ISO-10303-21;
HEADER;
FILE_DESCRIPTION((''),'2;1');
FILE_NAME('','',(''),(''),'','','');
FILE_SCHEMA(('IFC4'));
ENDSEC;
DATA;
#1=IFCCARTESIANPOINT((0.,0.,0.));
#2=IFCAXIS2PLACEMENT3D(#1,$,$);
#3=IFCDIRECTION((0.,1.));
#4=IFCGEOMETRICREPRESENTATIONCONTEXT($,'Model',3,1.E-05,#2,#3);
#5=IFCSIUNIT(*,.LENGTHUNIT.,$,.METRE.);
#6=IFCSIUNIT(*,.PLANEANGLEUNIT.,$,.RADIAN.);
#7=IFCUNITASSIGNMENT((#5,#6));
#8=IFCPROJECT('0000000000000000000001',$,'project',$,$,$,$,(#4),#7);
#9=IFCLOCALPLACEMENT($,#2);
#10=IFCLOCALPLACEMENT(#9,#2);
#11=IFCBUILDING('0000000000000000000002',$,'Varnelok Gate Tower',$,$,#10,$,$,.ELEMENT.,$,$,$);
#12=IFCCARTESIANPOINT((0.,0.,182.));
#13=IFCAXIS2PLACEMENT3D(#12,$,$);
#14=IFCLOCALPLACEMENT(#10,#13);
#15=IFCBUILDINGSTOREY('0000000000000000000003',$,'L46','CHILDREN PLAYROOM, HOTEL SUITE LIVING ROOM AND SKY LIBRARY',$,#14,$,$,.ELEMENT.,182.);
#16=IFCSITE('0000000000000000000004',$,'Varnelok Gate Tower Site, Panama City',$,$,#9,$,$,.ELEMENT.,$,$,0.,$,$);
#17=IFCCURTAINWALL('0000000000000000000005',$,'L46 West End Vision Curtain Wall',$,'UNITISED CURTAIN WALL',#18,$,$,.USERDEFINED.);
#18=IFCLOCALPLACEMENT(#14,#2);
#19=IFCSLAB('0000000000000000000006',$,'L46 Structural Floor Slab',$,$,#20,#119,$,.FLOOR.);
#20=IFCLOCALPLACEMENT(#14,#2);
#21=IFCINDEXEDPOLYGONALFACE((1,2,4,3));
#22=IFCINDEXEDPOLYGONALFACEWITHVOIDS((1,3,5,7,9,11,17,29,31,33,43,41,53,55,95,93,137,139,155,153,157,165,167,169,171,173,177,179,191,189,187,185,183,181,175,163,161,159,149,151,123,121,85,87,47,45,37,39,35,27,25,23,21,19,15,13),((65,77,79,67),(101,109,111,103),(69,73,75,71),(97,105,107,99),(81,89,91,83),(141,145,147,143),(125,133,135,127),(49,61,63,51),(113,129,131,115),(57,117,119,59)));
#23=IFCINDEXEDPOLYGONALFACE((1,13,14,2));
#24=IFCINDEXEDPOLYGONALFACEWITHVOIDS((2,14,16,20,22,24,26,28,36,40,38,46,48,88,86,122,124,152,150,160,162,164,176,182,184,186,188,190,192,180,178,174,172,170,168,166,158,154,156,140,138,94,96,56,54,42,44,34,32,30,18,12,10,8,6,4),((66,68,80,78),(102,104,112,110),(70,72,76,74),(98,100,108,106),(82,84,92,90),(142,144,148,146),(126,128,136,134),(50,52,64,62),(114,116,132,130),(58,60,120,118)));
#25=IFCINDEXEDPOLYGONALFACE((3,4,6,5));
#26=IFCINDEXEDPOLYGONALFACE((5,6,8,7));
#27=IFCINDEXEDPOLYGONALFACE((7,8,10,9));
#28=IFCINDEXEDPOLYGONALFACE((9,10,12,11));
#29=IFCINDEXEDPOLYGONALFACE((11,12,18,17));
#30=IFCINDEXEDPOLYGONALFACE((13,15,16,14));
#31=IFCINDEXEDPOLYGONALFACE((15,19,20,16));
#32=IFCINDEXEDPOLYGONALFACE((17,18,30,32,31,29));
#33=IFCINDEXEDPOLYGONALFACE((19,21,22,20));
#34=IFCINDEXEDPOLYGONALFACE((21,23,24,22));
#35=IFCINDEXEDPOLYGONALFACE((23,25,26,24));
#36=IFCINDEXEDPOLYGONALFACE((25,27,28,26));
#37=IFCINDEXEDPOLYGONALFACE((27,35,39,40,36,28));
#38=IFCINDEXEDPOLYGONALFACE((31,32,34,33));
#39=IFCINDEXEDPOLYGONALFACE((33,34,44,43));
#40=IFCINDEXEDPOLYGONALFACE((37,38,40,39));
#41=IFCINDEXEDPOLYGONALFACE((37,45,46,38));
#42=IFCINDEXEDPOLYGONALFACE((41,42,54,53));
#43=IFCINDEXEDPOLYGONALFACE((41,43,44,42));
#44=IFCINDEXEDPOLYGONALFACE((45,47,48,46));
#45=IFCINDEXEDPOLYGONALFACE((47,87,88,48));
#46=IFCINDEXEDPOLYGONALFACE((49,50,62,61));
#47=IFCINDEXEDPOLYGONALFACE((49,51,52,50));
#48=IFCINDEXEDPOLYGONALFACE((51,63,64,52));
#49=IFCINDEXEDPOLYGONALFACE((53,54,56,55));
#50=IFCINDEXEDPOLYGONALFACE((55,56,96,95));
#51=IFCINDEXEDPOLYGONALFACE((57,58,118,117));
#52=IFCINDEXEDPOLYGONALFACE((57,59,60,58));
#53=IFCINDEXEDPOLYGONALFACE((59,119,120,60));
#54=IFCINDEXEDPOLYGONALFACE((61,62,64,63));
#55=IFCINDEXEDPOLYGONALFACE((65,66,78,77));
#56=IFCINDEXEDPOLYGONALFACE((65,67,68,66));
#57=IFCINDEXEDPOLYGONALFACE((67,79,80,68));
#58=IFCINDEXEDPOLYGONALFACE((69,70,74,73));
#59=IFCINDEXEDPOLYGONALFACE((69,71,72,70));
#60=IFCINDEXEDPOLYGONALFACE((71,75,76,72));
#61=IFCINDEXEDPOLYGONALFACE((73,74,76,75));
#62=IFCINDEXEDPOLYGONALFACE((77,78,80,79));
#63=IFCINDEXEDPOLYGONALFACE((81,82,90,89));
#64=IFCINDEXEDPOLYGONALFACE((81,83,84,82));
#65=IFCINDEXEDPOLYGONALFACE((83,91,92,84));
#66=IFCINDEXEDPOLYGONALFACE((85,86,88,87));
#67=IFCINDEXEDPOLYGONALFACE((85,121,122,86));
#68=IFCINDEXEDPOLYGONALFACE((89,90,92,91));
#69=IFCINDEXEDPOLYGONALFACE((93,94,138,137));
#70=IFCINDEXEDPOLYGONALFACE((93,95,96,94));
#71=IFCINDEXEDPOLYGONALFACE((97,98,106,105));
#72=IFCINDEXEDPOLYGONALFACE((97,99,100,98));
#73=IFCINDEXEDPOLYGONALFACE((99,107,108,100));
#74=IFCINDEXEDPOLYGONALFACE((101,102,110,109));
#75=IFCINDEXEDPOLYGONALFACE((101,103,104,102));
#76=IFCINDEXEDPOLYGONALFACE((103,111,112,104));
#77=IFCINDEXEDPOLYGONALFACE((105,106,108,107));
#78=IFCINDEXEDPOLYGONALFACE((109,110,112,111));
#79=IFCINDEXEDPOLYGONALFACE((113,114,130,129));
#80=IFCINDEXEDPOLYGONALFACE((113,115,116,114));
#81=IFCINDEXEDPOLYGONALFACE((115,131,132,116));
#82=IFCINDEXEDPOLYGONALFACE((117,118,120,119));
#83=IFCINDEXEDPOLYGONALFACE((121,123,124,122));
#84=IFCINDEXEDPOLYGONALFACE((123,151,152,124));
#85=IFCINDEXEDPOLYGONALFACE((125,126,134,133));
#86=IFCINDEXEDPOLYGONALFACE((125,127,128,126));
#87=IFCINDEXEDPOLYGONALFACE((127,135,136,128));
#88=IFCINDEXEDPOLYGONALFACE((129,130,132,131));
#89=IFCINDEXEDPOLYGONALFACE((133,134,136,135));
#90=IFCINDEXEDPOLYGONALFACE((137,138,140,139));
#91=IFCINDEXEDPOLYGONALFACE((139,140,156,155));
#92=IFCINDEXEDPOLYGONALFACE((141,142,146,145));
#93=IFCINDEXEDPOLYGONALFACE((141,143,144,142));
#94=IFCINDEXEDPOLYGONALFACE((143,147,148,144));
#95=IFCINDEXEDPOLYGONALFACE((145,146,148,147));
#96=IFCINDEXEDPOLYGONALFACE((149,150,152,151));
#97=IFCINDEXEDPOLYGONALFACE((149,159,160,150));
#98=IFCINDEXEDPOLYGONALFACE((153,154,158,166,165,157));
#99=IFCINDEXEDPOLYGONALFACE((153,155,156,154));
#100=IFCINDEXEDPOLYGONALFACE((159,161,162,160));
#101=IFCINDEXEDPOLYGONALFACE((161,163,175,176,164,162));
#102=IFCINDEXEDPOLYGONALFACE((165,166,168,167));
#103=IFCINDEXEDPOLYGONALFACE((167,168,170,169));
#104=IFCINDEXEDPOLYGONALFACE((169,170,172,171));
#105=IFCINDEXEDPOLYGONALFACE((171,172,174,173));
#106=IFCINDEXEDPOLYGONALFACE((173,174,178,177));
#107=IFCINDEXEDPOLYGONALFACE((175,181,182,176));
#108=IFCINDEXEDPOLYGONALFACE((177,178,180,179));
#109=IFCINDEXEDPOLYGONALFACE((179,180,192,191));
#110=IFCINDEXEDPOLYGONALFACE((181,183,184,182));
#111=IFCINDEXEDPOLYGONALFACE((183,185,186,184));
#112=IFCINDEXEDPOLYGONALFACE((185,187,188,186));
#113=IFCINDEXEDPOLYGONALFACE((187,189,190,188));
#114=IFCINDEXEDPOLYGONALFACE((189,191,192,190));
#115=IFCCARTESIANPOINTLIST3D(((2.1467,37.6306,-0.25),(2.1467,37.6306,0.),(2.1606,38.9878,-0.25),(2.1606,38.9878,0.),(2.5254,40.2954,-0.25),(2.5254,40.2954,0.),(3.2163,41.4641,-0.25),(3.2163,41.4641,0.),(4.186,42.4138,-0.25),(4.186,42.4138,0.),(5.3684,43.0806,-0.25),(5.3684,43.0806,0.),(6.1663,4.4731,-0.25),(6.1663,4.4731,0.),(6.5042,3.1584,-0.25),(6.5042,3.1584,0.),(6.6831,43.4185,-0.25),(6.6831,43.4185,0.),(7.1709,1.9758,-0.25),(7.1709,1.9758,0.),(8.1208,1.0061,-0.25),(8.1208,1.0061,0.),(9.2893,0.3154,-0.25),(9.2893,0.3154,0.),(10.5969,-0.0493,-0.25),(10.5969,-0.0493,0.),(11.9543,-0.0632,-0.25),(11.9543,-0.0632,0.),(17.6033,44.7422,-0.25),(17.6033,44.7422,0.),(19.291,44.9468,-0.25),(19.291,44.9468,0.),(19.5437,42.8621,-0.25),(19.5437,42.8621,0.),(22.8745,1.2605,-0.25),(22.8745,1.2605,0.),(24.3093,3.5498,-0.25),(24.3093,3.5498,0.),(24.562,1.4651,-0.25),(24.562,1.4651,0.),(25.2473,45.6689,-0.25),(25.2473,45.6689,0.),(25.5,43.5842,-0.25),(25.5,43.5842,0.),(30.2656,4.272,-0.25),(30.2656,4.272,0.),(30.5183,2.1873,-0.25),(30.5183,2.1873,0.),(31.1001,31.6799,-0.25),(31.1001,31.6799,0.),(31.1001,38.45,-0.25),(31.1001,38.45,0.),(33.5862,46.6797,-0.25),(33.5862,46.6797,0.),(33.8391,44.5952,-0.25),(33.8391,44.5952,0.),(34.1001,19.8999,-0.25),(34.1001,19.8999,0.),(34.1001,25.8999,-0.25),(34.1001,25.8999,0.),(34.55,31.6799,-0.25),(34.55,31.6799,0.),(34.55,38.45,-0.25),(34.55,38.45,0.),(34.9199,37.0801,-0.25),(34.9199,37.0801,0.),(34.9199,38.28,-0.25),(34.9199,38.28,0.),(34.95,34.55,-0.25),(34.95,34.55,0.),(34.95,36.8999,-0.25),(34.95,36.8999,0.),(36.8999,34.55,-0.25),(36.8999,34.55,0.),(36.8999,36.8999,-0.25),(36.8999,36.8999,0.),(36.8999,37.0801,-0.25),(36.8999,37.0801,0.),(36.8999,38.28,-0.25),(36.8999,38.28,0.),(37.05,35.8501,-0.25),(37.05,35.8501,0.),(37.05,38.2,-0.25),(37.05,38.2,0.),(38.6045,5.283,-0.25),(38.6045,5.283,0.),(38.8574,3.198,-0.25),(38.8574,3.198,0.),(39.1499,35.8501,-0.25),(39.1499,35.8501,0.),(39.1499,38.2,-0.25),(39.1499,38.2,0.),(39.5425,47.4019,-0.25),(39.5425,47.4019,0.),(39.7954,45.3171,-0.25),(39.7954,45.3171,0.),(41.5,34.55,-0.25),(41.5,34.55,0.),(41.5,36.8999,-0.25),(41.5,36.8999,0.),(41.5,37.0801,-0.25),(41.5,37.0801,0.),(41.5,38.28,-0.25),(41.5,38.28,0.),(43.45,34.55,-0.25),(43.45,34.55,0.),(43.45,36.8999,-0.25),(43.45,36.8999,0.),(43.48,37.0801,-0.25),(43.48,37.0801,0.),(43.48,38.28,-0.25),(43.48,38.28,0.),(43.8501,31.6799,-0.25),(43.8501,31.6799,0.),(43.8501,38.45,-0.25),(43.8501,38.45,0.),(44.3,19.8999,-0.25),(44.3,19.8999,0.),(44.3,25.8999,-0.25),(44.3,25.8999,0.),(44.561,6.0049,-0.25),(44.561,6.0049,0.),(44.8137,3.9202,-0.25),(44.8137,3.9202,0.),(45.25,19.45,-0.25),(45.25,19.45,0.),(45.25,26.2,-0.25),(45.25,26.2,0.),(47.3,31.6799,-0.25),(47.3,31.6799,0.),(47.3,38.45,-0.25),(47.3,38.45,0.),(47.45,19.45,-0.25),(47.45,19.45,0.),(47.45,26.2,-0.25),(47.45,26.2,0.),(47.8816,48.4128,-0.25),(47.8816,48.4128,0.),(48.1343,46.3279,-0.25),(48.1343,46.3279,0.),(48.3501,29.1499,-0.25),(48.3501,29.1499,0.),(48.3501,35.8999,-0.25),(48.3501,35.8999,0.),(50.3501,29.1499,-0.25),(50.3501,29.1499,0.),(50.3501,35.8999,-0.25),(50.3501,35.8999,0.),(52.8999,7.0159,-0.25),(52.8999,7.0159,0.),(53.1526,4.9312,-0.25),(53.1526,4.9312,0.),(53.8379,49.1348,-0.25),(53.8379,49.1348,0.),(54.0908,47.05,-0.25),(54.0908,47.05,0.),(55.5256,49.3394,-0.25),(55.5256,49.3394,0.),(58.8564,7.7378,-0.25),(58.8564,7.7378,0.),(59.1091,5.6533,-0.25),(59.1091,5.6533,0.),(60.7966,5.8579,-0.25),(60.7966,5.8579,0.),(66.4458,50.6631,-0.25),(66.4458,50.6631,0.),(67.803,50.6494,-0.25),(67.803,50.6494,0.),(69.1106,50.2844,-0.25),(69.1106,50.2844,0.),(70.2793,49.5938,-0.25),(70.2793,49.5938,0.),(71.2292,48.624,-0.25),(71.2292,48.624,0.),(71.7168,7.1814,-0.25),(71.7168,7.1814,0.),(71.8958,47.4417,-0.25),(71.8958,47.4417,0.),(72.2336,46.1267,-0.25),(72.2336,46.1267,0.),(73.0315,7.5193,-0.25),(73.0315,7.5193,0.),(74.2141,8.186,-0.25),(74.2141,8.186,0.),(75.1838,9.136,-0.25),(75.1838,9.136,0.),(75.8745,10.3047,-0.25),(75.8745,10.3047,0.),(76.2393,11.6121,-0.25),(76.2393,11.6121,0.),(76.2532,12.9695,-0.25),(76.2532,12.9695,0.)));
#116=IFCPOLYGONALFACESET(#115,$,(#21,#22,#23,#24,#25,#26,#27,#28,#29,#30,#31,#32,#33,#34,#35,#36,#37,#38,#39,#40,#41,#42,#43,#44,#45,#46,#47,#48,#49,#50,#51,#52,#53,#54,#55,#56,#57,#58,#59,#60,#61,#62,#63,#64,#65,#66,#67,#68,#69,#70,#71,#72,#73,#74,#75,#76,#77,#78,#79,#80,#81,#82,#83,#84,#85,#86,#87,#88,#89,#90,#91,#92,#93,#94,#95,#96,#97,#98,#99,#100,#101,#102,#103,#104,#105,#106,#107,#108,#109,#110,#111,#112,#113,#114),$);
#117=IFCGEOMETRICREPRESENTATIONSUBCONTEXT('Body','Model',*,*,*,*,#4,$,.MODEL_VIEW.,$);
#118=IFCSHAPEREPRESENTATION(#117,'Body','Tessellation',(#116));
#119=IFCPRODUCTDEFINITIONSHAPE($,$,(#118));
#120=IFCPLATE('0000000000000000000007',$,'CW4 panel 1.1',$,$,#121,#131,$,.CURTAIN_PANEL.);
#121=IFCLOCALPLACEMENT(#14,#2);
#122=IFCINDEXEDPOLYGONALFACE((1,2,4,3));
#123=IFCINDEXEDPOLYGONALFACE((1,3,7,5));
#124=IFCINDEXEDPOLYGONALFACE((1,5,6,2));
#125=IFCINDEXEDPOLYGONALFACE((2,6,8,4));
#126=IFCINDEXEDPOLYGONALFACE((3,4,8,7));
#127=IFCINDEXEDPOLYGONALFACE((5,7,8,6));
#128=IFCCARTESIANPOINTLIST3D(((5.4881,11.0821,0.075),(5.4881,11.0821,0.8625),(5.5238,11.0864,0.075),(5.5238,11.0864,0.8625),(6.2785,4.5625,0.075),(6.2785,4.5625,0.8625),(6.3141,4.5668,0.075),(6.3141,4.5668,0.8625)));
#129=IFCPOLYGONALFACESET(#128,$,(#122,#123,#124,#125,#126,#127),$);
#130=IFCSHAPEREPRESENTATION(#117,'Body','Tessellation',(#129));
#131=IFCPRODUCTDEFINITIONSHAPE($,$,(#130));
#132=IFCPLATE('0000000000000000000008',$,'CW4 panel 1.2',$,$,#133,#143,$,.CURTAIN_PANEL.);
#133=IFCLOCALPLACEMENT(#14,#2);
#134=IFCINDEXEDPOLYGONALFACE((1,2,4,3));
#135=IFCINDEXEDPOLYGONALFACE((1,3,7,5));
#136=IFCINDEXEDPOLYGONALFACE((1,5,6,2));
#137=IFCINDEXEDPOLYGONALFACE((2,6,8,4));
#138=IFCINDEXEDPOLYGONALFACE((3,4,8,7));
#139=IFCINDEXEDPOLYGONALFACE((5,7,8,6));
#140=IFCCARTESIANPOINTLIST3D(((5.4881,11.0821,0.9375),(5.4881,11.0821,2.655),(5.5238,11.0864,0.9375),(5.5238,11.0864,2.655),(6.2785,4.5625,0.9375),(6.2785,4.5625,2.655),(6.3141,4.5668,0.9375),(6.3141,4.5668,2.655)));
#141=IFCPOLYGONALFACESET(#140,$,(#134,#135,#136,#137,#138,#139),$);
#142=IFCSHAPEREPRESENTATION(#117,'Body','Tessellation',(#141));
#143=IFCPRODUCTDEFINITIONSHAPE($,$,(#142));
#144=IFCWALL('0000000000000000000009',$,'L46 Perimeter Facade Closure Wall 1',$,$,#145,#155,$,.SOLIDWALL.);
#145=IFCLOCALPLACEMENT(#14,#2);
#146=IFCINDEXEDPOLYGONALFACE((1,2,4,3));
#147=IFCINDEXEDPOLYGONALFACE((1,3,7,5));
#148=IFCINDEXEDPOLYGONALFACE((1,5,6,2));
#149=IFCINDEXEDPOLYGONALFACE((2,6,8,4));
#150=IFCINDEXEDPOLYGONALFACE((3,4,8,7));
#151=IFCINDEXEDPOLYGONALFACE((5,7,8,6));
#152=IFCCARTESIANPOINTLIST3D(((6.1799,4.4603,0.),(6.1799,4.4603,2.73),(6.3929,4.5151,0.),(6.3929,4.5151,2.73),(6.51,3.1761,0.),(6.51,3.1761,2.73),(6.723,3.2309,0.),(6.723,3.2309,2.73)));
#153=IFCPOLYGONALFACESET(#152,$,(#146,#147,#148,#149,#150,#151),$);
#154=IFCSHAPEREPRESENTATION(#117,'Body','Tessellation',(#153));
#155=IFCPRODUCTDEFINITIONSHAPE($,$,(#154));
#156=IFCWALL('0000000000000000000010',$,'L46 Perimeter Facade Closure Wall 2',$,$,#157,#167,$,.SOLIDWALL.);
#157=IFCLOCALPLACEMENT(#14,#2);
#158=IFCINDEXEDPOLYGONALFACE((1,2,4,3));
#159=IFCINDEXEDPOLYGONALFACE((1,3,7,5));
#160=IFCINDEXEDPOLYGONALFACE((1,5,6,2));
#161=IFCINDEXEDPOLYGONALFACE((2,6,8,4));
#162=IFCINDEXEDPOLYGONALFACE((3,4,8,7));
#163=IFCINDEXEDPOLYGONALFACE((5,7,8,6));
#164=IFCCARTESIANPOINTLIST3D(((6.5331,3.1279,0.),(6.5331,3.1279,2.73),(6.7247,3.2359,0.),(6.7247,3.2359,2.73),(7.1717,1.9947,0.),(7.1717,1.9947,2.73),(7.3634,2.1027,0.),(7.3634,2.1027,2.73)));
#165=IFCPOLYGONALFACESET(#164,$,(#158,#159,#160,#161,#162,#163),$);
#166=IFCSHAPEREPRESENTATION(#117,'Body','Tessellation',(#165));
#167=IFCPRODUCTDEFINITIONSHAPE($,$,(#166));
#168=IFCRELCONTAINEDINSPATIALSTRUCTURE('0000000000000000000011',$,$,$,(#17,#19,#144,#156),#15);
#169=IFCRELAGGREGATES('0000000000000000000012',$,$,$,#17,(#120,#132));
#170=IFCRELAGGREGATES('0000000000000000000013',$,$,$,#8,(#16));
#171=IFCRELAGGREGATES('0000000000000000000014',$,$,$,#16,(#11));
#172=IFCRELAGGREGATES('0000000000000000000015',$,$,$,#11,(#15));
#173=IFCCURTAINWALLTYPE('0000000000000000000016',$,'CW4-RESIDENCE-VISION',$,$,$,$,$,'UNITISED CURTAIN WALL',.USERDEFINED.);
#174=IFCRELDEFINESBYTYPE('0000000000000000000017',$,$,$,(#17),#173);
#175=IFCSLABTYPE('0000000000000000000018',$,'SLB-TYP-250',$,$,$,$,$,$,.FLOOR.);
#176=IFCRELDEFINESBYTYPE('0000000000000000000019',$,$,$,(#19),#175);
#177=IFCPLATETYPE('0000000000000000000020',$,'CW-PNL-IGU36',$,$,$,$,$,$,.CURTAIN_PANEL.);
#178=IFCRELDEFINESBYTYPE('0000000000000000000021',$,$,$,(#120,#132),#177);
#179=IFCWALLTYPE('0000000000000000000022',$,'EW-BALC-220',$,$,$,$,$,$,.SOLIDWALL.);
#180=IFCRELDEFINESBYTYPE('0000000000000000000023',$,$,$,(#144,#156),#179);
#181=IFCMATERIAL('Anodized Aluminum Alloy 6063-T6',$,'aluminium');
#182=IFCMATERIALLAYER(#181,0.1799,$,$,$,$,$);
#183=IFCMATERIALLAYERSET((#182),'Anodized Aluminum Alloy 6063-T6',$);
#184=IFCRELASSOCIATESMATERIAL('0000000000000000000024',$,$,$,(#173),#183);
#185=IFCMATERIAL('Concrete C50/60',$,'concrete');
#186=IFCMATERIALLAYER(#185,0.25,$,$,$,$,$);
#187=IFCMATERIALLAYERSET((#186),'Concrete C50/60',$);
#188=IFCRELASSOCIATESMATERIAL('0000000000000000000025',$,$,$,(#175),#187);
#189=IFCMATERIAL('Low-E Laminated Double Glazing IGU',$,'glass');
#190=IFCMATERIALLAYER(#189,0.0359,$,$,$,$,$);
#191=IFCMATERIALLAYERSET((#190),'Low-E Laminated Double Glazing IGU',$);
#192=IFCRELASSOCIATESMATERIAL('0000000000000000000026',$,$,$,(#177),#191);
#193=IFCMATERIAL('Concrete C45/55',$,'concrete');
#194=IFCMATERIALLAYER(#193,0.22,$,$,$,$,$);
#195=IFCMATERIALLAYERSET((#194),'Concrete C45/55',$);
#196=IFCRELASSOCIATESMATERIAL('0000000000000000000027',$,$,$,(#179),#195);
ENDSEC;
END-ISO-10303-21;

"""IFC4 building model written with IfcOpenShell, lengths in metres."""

from ifc_helpers import new_model, si_unit, direction, frame, frame_2d, origin, origin_2d, place, context, subcontext, project, spatial, polyline, rectangle, outline, extrude, source, transform, mapped, material, layer, layer_set, type_object, element, aggregate, save


model = new_model("IFC4")

# Units and contexts
model_context = context("Model", 3, precision=1e-05, world=origin(), true_north=direction((0.0, 1.0)))
body_context = subcontext(model_context, "Body", "Model", "MODEL_VIEW")
ifc_project = project(units=[si_unit("LENGTHUNIT", "METRE"), si_unit("PLANEANGLEUNIT", "RADIAN")], contexts=[model_context])

# Site, building, storey
site_placement = place(None, origin())
site = spatial("IfcSite", under=ifc_project, at=site_placement, Name="Varnelok Gate Tower Site, Panama City", CompositionType="ELEMENT", RefElevation=0.0)
building_placement = place(site_placement, origin())
building = spatial("IfcBuilding", under=site, at=building_placement, Name="Varnelok Gate Tower", CompositionType="ELEMENT")
storey_placement = place(building_placement, frame((0.0, 0.0, 182.0)))
storey = spatial("IfcBuildingStorey", under=building, at=storey_placement, Name="L46", Description="CHILDREN PLAYROOM, HOTEL SUITE LIVING ROOM AND SKY LIBRARY", CompositionType="ELEMENT", Elevation=182.0)

# Curtain wall
ifc_material_1 = material(Name="Anodized Aluminum Alloy 6063-T6", Category="aluminium")
ifc_layer_1 = layer(ifc_material_1, 0.1799)
ifc_layer_set_1 = layer_set([ifc_layer_1], Name="Anodized Aluminum Alloy 6063-T6")
curtain_wall_type_1 = type_object("IfcCurtainWallType", Name="CW4-RESIDENCE-VISION", ElementType="UNITISED CURTAIN WALL", PredefinedType="USERDEFINED", material=ifc_layer_set_1)
curtain_wall_1_placement = place(storey_placement, origin())
curtain_wall_1 = element("IfcCurtainWall", 1, at=curtain_wall_1_placement, inside=storey, type_object=curtain_wall_type_1, Name="L46 West End Vision Curtain Wall", ObjectType="UNITISED CURTAIN WALL", PredefinedType="USERDEFINED")

# Shared definitions
ifc_material_2 = material(Name="Concrete C45/55", Category="concrete")

# Shared definitions
ifc_material_3 = material(Name="Concrete C50/60", Category="concrete")

# Slab
ifc_layer_2 = layer(ifc_material_3, 0.25)
ifc_layer_set_2 = layer_set([ifc_layer_2], Name="Concrete C50/60")
slab_type_1 = type_object("IfcSlabType", Name="SLB-TYP-250", PredefinedType="FLOOR", material=ifc_layer_set_2)
slab_1_placement = place(storey_placement, frame((0.0, 0.0, -0.25)))
element("IfcSlab", 2, at=slab_1_placement, inside=storey, type_object=slab_type_1, Name="L46 Structural Floor Slab", PredefinedType="FLOOR", context=body_context, shape_type="SweptSolid", body=[
    extrude(outline(polyline([(6.1663, 4.4731), (6.5042, 3.1584), (7.1709, 1.9758), (8.1208, 1.0061), (9.2893, 0.3154), (10.5969, -0.0493), (11.9543, -0.0632), (22.8745, 1.2605), (24.562, 1.4651), (24.3093, 3.5498), (30.2656, 4.272), (30.5183, 2.1873), (38.8574, 3.198), (38.6045, 5.283), (44.561, 6.0049), (44.8137, 3.9202), (53.1526, 4.9312), (52.8999, 7.0159), (58.8564, 7.7378), (59.1091, 5.6533), (60.7966, 5.8579), (71.7168, 7.1814), (73.0315, 7.5193), (74.2141, 8.186), (75.1838, 9.136), (75.8745, 10.3047), (76.2393, 11.6121), (76.2532, 12.9695), (72.2336, 46.1267), (71.8958, 47.4417), (71.2292, 48.624), (70.2793, 49.5938), (69.1106, 50.2844), (67.803, 50.6494), (66.4458, 50.6631), (55.5256, 49.3394), (53.8379, 49.1348), (54.0908, 47.05), (48.1343, 46.3279), (47.8816, 48.4128), (39.5425, 47.4019), (39.7954, 45.3171), (33.8391, 44.5952), (33.5862, 46.6797), (25.2473, 45.6689), (25.5, 43.5842), (19.5437, 42.8621), (19.291, 44.9468), (17.6033, 44.7422), (6.6831, 43.4185), (5.3684, 43.0806), (4.186, 42.4138), (3.2163, 41.4641), (2.5254, 40.2954), (2.1606, 38.9878), (2.1467, 37.6306), (6.1663, 4.4731)]), holes=[polyline([(34.55, 31.6799), (34.55, 38.45), (31.1001, 38.45), (31.1001, 31.6799), (34.55, 31.6799)]), polyline([(47.3, 31.6799), (47.3, 38.45), (43.8501, 38.45), (43.8501, 31.6799), (47.3, 31.6799)]), polyline([(34.95, 34.55), (36.8999, 34.55), (36.8999, 36.8999), (34.95, 36.8999), (34.95, 34.55)]), polyline([(41.5, 34.55), (43.45, 34.55), (43.45, 36.8999), (41.5, 36.8999), (41.5, 34.55)]), polyline([(37.05, 35.8501), (39.1499, 35.8501), (39.1499, 38.2), (37.05, 38.2), (37.05, 35.8501)]), polyline([(48.3501, 29.1499), (50.3501, 29.1499), (50.3501, 35.8999), (48.3501, 35.8999), (48.3501, 29.1499)]), polyline([(45.25, 19.45), (47.45, 19.45), (47.45, 26.2), (45.25, 26.2), (45.25, 19.45)]), polyline([(34.9199, 37.0801), (36.8999, 37.0801), (36.8999, 38.28), (34.9199, 38.28), (34.9199, 37.0801)]), polyline([(41.5, 37.0801), (43.48, 37.0801), (43.48, 38.28), (41.5, 38.28), (41.5, 37.0801)]), polyline([(34.1001, 19.8999), (44.3, 19.8999), (44.3, 25.8999), (34.1001, 25.8999), (34.1001, 19.8999)])]), origin(), (0.0, 0.0, 1.0), 0.25),
])

# Plates
ifc_material_4 = material(Name="Low-E Laminated Double Glazing IGU", Category="glass")
ifc_layer_3 = layer(ifc_material_4, 0.0359)
ifc_layer_set_3 = layer_set([ifc_layer_3], Name="Low-E Laminated Double Glazing IGU")
plate_type = type_object("IfcPlateType", Name="CW-PNL-IGU36", PredefinedType="CURTAIN_PANEL", material=ifc_layer_set_3)
shared_shape_1 = source(origin(), body_context, "Body", "SweptSolid", [
    extrude(rectangle(XDim=6.5674, YDim=0.0359, at=origin_2d()), origin(), (0.0, 0.0, 1.0), 0.7876),
])
plate_1_placement = place(storey_placement, frame((5.9011, 7.8245, 0.075), z_axis=(0.0, 0.0, 1.0), x_axis=(-0.120345, 0.992732, 0.0)))
plate_1 = element("IfcPlate", 3, at=plate_1_placement, type_object=plate_type, Name="CW4 panel 1.1", PredefinedType="CURTAIN_PANEL", context=body_context, shape_type="MappedRepresentation", body=[
    mapped(shared_shape_1, transform((0.0, 0.0, 0.0), scale=1.0)),
])
shared_shape_2 = source(origin(), body_context, "Body", "SweptSolid", [
    extrude(rectangle(XDim=6.5674, YDim=0.0359, at=origin_2d()), origin(), (0.0, 0.0, 1.0), 1.7175),
])
plate_2_placement = place(storey_placement, frame((5.9011, 7.8245, 0.9375), z_axis=(0.0, 0.0, 1.0), x_axis=(-0.120345, 0.992732, 0.0)))
plate_2 = element("IfcPlate", 4, at=plate_2_placement, type_object=plate_type, Name="CW4 panel 1.2", PredefinedType="CURTAIN_PANEL", context=body_context, shape_type="MappedRepresentation", body=[
    mapped(shared_shape_2, transform((0.0, 0.0, 0.0), scale=1.0)),
])
aggregate(curtain_wall_1, [plate_1, plate_2])

# Walls
ifc_layer_4 = layer(ifc_material_2, 0.22)
ifc_layer_set_4 = layer_set([ifc_layer_4], Name="Concrete C45/55")
wall_type = type_object("IfcWallType", Name="EW-BALC-220", PredefinedType="SOLIDWALL", material=ifc_layer_set_4)
wall_1_placement = place(storey_placement, frame((6.2864, 4.4878, 0.0), z_axis=(0.0, 0.0, 1.0), x_axis=(0.248942, -0.968518, 0.0)))
element("IfcWall", 5, at=wall_1_placement, inside=storey, type_object=wall_type, Name="L46 Perimeter Facade Closure Wall 1", PredefinedType="SOLIDWALL", context=body_context, shape_type="SweptSolid", body=[
    extrude(rectangle(XDim=1.3259, YDim=0.22, at=frame_2d((0.6631, 0.0))), origin(), (0.0, 0.0, 1.0), 2.73),
])
wall_2_placement = place(storey_placement, frame((6.6289, 3.1819, 0.0), z_axis=(0.0, 0.0, 1.0), x_axis=(0.490956, -0.871184, 0.0)))
element("IfcWall", 6, at=wall_2_placement, inside=storey, type_object=wall_type, Name="L46 Perimeter Facade Closure Wall 2", PredefinedType="SOLIDWALL", context=body_context, shape_type="SweptSolid", body=[
    extrude(rectangle(XDim=1.3008, YDim=0.22, at=frame_2d((0.6504, 0.0))), origin(), (0.0, 0.0, 1.0), 2.73),
])

save(model, "model.ifc")
